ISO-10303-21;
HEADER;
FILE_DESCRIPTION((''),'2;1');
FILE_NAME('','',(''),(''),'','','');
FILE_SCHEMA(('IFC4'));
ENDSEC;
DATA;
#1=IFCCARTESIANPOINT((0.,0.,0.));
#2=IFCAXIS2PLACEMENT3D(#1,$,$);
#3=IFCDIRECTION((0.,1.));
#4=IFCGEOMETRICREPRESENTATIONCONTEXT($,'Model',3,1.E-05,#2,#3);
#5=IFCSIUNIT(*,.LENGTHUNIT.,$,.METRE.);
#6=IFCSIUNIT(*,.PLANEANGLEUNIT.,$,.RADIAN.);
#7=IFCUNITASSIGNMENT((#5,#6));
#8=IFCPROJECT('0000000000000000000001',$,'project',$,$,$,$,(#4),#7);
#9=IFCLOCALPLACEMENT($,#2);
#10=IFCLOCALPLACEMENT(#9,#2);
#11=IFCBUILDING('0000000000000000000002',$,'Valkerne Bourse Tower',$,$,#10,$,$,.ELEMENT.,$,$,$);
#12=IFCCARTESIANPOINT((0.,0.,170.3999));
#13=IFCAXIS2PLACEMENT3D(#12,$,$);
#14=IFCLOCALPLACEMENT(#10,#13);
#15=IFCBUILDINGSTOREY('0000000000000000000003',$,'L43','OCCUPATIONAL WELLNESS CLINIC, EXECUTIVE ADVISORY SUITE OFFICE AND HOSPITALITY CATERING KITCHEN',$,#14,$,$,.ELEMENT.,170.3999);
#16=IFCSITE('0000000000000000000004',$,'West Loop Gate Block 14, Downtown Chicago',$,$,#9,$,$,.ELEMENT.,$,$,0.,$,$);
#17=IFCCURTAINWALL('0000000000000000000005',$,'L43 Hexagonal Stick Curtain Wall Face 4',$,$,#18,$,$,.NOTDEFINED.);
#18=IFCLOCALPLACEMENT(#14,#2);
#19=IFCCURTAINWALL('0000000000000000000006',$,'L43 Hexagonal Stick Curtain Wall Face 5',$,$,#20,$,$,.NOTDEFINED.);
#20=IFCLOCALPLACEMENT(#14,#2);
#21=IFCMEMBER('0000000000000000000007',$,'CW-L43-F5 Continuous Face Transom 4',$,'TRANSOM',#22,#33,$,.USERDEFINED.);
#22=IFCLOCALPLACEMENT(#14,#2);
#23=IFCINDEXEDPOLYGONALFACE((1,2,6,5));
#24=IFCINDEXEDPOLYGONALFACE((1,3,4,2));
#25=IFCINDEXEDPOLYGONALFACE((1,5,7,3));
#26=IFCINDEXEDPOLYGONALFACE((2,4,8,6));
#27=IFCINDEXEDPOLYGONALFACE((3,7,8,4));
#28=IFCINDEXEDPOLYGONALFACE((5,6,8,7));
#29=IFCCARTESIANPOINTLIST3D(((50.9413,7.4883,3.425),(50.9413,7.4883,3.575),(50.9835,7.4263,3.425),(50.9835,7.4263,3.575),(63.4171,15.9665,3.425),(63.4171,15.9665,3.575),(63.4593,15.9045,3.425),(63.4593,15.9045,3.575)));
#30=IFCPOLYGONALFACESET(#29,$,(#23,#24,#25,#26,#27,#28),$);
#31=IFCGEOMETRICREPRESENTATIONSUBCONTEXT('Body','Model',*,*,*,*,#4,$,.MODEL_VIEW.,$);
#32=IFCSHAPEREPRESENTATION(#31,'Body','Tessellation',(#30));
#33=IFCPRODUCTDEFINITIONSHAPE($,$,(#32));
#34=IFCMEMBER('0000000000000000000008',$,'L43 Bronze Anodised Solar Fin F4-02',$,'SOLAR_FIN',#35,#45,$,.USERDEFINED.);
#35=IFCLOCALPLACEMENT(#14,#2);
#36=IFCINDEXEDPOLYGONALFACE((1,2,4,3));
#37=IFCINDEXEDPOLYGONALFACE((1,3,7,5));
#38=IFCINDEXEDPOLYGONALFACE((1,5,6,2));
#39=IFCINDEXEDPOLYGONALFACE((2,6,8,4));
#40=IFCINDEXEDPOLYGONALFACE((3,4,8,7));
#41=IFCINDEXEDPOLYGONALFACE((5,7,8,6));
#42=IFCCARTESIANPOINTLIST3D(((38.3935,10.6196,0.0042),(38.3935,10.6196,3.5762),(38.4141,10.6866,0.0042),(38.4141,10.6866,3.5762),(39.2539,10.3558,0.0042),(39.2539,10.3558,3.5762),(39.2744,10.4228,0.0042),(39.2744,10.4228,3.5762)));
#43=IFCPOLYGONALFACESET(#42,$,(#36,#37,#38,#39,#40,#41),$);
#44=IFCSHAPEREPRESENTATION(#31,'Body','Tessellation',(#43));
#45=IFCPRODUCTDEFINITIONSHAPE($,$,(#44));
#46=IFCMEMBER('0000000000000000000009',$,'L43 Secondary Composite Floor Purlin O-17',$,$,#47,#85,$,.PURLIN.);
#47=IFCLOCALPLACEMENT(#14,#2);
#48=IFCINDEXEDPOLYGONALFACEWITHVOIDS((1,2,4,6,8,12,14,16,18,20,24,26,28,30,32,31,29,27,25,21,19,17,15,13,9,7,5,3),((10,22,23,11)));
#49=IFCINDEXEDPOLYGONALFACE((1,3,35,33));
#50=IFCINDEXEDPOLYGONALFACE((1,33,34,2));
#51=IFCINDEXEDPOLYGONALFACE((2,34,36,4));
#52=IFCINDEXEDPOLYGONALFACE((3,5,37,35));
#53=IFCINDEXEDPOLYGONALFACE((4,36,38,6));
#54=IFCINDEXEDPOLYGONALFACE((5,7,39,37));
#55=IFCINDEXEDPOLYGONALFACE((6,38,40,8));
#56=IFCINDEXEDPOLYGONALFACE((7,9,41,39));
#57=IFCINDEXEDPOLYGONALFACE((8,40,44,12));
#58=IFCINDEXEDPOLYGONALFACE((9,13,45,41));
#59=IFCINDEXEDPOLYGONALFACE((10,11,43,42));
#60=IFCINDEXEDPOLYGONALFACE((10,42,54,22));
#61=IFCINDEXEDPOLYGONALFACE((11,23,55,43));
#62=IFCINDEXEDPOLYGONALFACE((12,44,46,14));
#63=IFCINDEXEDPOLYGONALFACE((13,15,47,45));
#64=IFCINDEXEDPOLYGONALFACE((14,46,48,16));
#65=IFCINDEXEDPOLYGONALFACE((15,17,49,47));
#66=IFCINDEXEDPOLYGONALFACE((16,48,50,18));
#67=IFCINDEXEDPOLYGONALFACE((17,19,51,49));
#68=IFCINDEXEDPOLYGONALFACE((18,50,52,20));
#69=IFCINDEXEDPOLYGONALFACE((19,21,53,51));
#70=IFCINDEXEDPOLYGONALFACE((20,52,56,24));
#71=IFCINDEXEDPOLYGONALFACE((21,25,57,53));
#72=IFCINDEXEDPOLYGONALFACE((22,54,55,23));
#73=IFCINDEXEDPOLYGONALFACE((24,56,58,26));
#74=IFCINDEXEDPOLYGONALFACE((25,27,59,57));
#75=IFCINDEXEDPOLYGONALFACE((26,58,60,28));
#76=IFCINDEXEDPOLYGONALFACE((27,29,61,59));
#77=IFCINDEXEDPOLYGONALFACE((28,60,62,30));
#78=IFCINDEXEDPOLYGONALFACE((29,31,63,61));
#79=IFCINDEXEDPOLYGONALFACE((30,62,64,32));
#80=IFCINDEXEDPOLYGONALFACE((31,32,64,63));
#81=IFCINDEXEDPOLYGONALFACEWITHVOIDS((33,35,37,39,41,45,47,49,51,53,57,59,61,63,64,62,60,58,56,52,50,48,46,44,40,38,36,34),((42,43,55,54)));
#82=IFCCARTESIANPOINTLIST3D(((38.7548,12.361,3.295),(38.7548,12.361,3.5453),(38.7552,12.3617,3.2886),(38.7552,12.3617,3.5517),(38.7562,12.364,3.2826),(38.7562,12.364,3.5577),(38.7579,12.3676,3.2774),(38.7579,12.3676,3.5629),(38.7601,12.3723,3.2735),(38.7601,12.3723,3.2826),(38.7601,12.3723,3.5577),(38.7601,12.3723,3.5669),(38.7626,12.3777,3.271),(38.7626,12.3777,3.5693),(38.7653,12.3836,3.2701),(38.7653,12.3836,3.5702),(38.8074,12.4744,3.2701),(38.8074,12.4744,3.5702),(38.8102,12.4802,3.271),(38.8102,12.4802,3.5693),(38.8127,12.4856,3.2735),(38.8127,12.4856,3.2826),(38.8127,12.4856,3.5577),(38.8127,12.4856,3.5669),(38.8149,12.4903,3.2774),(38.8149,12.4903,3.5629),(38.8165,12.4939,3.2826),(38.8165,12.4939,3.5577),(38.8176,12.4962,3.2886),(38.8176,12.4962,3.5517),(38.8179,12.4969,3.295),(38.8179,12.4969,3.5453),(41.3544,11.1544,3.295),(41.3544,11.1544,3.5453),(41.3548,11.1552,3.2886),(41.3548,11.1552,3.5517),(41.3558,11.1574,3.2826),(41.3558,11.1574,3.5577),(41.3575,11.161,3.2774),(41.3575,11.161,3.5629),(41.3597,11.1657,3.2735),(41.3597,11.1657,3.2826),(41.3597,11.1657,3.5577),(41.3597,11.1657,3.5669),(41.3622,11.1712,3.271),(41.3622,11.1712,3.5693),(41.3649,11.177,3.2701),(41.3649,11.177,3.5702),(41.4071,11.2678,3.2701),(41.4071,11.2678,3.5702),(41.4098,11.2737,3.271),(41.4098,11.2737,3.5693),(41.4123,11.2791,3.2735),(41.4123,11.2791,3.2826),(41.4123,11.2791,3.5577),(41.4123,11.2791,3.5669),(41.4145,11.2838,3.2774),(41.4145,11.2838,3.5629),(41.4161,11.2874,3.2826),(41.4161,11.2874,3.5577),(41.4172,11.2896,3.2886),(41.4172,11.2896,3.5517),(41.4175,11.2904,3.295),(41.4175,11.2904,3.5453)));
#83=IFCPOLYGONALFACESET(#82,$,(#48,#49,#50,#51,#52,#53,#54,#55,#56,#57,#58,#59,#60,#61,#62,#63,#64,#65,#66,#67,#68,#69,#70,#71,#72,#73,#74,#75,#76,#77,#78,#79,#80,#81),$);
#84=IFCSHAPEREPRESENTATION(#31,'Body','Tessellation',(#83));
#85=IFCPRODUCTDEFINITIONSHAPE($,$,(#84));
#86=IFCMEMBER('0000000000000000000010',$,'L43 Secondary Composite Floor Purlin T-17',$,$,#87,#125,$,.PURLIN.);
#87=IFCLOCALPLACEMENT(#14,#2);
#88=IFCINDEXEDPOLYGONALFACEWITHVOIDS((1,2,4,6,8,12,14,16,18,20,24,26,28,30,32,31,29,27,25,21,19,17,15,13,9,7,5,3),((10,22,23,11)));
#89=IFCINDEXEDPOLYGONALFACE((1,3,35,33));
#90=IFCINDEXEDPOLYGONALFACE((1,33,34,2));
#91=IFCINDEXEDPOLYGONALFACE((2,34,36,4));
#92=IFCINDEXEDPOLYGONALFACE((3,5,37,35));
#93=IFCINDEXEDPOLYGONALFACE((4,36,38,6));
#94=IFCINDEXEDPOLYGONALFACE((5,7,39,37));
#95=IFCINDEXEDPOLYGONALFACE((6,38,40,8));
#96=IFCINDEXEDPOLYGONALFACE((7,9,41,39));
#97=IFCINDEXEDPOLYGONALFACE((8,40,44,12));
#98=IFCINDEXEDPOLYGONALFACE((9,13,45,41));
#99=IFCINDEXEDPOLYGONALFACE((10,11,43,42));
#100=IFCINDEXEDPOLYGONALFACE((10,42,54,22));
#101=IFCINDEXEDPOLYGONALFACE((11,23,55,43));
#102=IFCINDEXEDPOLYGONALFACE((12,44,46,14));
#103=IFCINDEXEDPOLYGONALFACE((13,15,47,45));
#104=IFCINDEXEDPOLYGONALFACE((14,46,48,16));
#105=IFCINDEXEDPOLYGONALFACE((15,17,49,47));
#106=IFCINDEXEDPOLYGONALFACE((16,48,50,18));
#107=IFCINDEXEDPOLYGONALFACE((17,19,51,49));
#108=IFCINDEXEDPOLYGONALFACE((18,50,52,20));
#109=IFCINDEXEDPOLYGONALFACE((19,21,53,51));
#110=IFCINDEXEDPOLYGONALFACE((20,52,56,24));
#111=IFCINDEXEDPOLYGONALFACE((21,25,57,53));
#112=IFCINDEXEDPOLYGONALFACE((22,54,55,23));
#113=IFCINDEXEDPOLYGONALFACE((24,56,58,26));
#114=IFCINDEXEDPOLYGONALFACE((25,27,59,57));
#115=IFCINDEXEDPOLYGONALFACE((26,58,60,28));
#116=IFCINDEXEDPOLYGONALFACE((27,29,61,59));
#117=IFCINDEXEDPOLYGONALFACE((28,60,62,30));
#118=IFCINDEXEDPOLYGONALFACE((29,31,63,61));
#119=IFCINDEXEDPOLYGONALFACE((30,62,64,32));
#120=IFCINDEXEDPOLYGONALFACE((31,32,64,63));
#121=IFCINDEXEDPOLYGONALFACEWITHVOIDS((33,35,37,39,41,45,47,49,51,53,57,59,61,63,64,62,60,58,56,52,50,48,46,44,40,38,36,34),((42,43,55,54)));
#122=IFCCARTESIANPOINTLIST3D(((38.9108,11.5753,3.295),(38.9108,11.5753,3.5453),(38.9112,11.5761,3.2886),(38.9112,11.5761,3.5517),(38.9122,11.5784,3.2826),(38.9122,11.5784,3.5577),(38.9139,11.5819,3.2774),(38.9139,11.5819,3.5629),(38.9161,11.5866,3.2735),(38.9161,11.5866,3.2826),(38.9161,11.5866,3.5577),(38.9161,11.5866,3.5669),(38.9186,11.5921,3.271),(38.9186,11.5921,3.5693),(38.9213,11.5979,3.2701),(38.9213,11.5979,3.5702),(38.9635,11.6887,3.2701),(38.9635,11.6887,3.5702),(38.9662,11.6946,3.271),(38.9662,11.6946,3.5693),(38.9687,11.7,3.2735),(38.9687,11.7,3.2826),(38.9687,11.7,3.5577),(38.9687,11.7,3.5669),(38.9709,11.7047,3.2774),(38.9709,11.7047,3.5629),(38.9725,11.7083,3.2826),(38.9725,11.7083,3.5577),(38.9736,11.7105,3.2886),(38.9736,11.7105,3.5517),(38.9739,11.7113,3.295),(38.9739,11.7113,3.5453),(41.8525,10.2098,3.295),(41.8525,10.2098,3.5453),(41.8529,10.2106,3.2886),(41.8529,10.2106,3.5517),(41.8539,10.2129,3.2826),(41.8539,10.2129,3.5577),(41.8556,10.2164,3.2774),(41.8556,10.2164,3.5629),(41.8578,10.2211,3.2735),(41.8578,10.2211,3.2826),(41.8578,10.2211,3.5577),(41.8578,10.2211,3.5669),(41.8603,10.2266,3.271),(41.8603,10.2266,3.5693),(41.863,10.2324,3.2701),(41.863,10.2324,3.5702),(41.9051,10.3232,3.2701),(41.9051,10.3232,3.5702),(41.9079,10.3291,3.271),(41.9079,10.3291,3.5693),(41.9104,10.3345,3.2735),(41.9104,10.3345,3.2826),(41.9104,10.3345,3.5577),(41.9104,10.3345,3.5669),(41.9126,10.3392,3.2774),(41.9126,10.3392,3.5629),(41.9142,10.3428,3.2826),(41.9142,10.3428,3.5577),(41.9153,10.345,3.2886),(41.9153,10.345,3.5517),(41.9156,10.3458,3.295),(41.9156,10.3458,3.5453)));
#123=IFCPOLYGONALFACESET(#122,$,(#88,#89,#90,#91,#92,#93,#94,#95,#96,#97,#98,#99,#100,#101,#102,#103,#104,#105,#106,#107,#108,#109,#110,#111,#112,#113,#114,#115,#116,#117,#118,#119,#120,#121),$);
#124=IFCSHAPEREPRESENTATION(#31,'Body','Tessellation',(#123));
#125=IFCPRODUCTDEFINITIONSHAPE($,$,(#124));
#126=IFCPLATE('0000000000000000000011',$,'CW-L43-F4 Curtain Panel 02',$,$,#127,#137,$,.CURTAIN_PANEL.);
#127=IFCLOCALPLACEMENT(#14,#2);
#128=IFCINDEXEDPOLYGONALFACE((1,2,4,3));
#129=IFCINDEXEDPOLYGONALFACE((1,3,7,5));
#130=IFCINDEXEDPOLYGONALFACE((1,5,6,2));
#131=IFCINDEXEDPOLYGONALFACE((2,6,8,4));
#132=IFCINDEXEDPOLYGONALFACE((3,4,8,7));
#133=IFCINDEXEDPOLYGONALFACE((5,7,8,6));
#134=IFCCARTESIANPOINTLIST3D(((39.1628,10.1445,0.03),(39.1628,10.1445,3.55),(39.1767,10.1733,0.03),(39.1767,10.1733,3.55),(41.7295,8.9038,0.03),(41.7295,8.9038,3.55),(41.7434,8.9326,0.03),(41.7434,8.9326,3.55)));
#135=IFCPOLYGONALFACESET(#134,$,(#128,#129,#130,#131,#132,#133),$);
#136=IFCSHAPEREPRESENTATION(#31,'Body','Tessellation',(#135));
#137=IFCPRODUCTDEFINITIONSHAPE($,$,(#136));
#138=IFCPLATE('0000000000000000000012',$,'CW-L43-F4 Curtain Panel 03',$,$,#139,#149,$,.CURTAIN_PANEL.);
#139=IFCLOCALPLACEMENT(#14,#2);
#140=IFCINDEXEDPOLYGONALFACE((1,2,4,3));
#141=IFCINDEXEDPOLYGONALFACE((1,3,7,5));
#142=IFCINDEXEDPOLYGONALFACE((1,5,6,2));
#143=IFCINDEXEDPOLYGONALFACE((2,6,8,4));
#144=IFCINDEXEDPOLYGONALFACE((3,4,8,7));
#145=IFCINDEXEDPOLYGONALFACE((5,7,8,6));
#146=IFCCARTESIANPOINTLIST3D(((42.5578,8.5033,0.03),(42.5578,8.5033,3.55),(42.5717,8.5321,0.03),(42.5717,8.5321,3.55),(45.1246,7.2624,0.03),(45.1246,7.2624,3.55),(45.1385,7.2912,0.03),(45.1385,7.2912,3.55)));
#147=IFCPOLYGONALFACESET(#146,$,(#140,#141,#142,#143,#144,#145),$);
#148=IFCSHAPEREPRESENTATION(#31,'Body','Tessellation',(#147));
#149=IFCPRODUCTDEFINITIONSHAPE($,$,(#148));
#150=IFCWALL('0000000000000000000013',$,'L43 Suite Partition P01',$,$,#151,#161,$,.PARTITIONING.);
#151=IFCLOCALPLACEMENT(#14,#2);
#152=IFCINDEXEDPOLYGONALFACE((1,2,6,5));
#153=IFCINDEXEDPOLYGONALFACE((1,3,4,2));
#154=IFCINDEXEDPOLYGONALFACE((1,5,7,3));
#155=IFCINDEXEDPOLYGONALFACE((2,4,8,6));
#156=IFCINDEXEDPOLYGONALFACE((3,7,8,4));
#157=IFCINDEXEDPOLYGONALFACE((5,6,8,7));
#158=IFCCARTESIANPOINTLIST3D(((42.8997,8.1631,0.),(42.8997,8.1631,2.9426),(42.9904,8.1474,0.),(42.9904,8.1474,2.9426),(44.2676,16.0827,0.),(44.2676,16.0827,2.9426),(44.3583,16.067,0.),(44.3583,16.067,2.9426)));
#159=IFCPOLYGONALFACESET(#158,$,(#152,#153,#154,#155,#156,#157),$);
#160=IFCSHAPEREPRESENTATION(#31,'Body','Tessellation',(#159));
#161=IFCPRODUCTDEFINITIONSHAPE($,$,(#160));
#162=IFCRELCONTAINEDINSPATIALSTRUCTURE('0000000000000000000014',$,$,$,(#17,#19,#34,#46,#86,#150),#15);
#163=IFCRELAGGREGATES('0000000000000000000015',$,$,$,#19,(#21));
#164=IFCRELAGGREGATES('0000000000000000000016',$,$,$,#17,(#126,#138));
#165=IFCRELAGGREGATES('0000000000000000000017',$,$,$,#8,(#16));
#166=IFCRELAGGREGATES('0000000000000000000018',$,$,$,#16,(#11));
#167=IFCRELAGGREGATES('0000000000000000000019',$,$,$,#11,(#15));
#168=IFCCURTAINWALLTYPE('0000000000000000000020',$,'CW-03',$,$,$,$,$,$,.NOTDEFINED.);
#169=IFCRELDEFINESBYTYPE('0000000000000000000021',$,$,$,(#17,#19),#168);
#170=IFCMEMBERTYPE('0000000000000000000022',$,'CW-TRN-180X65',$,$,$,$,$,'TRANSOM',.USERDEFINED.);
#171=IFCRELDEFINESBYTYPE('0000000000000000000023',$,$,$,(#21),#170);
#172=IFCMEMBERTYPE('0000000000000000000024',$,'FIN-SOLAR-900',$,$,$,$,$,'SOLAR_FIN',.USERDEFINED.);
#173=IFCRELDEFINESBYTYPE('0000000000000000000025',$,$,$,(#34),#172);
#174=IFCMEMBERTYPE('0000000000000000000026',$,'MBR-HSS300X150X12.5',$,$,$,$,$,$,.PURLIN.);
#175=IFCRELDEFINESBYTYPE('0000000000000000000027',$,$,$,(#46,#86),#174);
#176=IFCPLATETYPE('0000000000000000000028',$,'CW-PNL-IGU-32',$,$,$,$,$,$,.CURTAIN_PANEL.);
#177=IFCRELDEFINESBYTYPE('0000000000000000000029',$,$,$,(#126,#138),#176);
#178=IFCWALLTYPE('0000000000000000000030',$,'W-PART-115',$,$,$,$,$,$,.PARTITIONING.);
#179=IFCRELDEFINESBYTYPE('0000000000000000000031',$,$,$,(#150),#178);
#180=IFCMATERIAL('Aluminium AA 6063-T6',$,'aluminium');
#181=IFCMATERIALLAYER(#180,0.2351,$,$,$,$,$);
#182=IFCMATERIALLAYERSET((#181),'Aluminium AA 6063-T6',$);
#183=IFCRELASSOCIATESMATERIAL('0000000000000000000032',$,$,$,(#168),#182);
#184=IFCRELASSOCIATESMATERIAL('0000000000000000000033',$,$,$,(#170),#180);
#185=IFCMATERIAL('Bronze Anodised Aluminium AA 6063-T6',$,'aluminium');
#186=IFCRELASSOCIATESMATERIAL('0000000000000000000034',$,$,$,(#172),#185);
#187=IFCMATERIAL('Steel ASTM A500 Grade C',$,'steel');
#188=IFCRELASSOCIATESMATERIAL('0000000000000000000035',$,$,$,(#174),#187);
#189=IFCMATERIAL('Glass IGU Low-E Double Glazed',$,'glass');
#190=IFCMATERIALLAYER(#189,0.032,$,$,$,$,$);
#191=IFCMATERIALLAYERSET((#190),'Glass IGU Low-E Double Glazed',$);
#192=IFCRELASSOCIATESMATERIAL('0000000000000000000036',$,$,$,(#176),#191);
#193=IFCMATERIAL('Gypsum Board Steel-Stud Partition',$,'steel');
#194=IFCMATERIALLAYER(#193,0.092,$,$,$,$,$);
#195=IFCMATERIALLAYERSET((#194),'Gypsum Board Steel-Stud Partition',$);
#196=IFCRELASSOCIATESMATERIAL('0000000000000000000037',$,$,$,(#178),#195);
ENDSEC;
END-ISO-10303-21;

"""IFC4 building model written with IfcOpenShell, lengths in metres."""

from ifc_helpers import new_model, si_unit, direction, frame, frame_2d, origin, origin_2d, place, context, subcontext, project, spatial, rectangle, hollow_rectangle, extrude, material, layer, layer_set, material_profile, profile_set, type_object, element, aggregate, save


model = new_model("IFC4")

# Units and contexts
model_context = context("Model", 3, precision=1e-05, world=origin(), true_north=direction((0.0, 1.0)))
body_context = subcontext(model_context, "Body", "Model", "MODEL_VIEW")
ifc_project = project(units=[si_unit("LENGTHUNIT", "METRE"), si_unit("PLANEANGLEUNIT", "RADIAN")], contexts=[model_context])

# Site, building, storey
site_placement = place(None, origin())
site = spatial("IfcSite", under=ifc_project, at=site_placement, Name="West Loop Gate Block 14, Downtown Chicago", CompositionType="ELEMENT", RefElevation=0.0)
building_placement = place(site_placement, origin())
building = spatial("IfcBuilding", under=site, at=building_placement, Name="Valkerne Bourse Tower", CompositionType="ELEMENT")
storey_placement = place(building_placement, frame((0.0, 0.0, 170.3999)))
storey = spatial("IfcBuildingStorey", under=building, at=storey_placement, Name="L43", Description="OCCUPATIONAL WELLNESS CLINIC, EXECUTIVE ADVISORY SUITE OFFICE AND HOSPITALITY CATERING KITCHEN", CompositionType="ELEMENT", Elevation=170.3999)

# Curtain walls, member
ifc_material_1 = material(Name="Aluminium AA 6063-T6", Category="aluminium")
ifc_layer_1 = layer(ifc_material_1, 0.2351)
ifc_layer_set_1 = layer_set([ifc_layer_1], Name="Aluminium AA 6063-T6")
curtain_wall_type = type_object("IfcCurtainWallType", Name="CW-03", PredefinedType="NOTDEFINED", material=ifc_layer_set_1)
curtain_wall_1_placement = place(storey_placement, origin())
curtain_wall_1 = element("IfcCurtainWall", 1, at=curtain_wall_1_placement, inside=storey, type_object=curtain_wall_type, Name="L43 Hexagonal Stick Curtain Wall Face 4", PredefinedType="NOTDEFINED")
curtain_wall_2_placement = place(storey_placement, origin())
curtain_wall_2 = element("IfcCurtainWall", 2, at=curtain_wall_2_placement, inside=storey, type_object=curtain_wall_type, Name="L43 Hexagonal Stick Curtain Wall Face 5", PredefinedType="NOTDEFINED")
ifc_material_profile_1 = material_profile(ifc_material_1, rectangle(XDim=0.075, YDim=0.1499, at=origin_2d()), Name="CWT-75X150")
ifc_profile_set_1 = profile_set([ifc_material_profile_1], Name="Aluminium AA 6063-T6")
member_type_1 = type_object("IfcMemberType", Name="CW-TRN-180X65", ElementType="TRANSOM", PredefinedType="USERDEFINED", material=ifc_profile_set_1)
member_1_placement = place(storey_placement, frame((50.9624, 7.4573, 3.5), z_axis=(0.82709, 0.56207, 0.0), x_axis=(-0.56207, 0.82709, 0.0)))
member_1 = element("IfcMember", 3, at=member_1_placement, type_object=member_type_1, Name="CW-L43-F5 Continuous Face Transom 4", ObjectType="TRANSOM", PredefinedType="USERDEFINED", context=body_context, shape_type="SweptSolid", body=[
    extrude(rectangle(XDim=0.075, YDim=0.1499, at=origin_2d()), origin(), (0.0, 0.0, 1.0), 15.084),
])
aggregate(curtain_wall_2, [member_1])

# Members
ifc_material_2 = material(Name="Bronze Anodised Aluminium AA 6063-T6", Category="aluminium")
ifc_material_profile_2 = material_profile(ifc_material_2, rectangle(XDim=0.0701, YDim=0.8999, at=origin_2d()), Name="FIN-70X900")
ifc_profile_set_2 = profile_set([ifc_material_profile_2], Name="Bronze Anodised Aluminium AA 6063-T6")
member_type_2 = type_object("IfcMemberType", Name="FIN-SOLAR-900", ElementType="SOLAR_FIN", PredefinedType="USERDEFINED", material=ifc_profile_set_2)
member_2_placement = place(storey_placement, frame((38.834, 10.5212, 0.0042), z_axis=(0.0, 0.0, 1.0), x_axis=(-0.293134, -0.956071, 0.0)))
element("IfcMember", 4, at=member_2_placement, inside=storey, type_object=member_type_2, Name="L43 Bronze Anodised Solar Fin F4-02", ObjectType="SOLAR_FIN", PredefinedType="USERDEFINED", context=body_context, shape_type="SweptSolid", body=[
    extrude(rectangle(XDim=0.0701, YDim=0.8999, at=origin_2d()), origin(), (0.0, 0.0, 1.0), 3.572),
])
ifc_material_3 = material(Name="Steel ASTM A500 Grade C", Category="steel")
ifc_material_profile_3 = material_profile(ifc_material_3, hollow_rectangle(XDim=0.1499, YDim=0.3, WallThickness=0.0125, OuterFilletRadius=0.0249, at=origin_2d()), Name="HSS300X150X12.5")
ifc_profile_set_3 = profile_set([ifc_material_profile_3], Name="Steel ASTM A500 Grade C")
member_type_3 = type_object("IfcMemberType", Name="MBR-HSS300X150X12.5", PredefinedType="PURLIN", material=ifc_profile_set_3)
member_3_placement = place(storey_placement, frame((38.7864, 12.429, 3.4202), z_axis=(0.907065, -0.420991, 0.0), x_axis=(0.420991, 0.907065, 0.0)))
element("IfcMember", 5, at=member_3_placement, inside=storey, type_object=member_type_3, Name="L43 Secondary Composite Floor Purlin O-17", PredefinedType="PURLIN", context=body_context, shape_type="SweptSolid", body=[
    extrude(hollow_rectangle(XDim=0.1499, YDim=0.3, WallThickness=0.0125, OuterFilletRadius=0.0249, at=origin_2d()), origin(), (0.0, 0.0, 1.0), 2.866),
])
member_4_placement = place(storey_placement, frame((38.9424, 11.6433, 3.4202), z_axis=(0.907043, -0.421038, 0.0), x_axis=(0.421038, 0.907043, 0.0)))
element("IfcMember", 6, at=member_4_placement, inside=storey, type_object=member_type_3, Name="L43 Secondary Composite Floor Purlin T-17", PredefinedType="PURLIN", context=body_context, shape_type="SweptSolid", body=[
    extrude(hollow_rectangle(XDim=0.1499, YDim=0.3, WallThickness=0.0125, OuterFilletRadius=0.0249, at=origin_2d()), origin(), (0.0, 0.0, 1.0), 3.2432),
])

# Plates
ifc_material_4 = material(Name="Glass IGU Low-E Double Glazed", Category="glass")
ifc_layer_2 = layer(ifc_material_4, 0.032)
ifc_layer_set_2 = layer_set([ifc_layer_2], Name="Glass IGU Low-E Double Glazed")
plate_type = type_object("IfcPlateType", Name="CW-PNL-IGU-32", PredefinedType="CURTAIN_PANEL", material=ifc_layer_set_2)
plate_1_placement = place(storey_placement, frame((40.4531, 9.5386, 0.03), z_axis=(0.0, 0.0, 1.0), x_axis=(0.900325, -0.435219, 0.0)))
plate_1 = element("IfcPlate", 7, at=plate_1_placement, type_object=plate_type, Name="CW-L43-F4 Curtain Panel 02", PredefinedType="CURTAIN_PANEL", context=body_context, shape_type="SweptSolid", body=[
    extrude(rectangle(XDim=2.8508, YDim=0.032, at=origin_2d()), origin(), (0.0, 0.0, 1.0), 3.52),
])
plate_2_placement = place(storey_placement, frame((43.8481, 7.8972, 0.03), z_axis=(0.0, 0.0, 1.0), x_axis=(0.900314, -0.435241, 0.0)))
plate_2 = element("IfcPlate", 8, at=plate_2_placement, type_object=plate_type, Name="CW-L43-F4 Curtain Panel 03", PredefinedType="CURTAIN_PANEL", context=body_context, shape_type="SweptSolid", body=[
    extrude(rectangle(XDim=2.8511, YDim=0.032, at=origin_2d()), origin(), (0.0, 0.0, 1.0), 3.52),
])
aggregate(curtain_wall_1, [plate_1, plate_2])

# Wall
ifc_material_5 = material(Name="Gypsum Board Steel-Stud Partition", Category="steel")
ifc_layer_3 = layer(ifc_material_5, 0.092)
ifc_layer_set_3 = layer_set([ifc_layer_3], Name="Gypsum Board Steel-Stud Partition")
wall_type = type_object("IfcWallType", Name="W-PART-115", PredefinedType="PARTITIONING", material=ifc_layer_set_3)
wall_placement = place(storey_placement, frame((44.313, 16.075, 0.0), z_axis=(0.0, 0.0, 1.0), x_axis=(-0.170204, -0.985409, 0.0)))
element("IfcWall", 9, at=wall_placement, inside=storey, type_object=wall_type, Name="L43 Suite Partition P01", PredefinedType="PARTITIONING", context=body_context, shape_type="SweptSolid", body=[
    extrude(rectangle(XDim=8.0369, YDim=0.092, at=frame_2d((4.0186, 0.0))), origin(), (0.0, 0.0, 1.0), 2.9426),
])

save(model, "model.ifc")
